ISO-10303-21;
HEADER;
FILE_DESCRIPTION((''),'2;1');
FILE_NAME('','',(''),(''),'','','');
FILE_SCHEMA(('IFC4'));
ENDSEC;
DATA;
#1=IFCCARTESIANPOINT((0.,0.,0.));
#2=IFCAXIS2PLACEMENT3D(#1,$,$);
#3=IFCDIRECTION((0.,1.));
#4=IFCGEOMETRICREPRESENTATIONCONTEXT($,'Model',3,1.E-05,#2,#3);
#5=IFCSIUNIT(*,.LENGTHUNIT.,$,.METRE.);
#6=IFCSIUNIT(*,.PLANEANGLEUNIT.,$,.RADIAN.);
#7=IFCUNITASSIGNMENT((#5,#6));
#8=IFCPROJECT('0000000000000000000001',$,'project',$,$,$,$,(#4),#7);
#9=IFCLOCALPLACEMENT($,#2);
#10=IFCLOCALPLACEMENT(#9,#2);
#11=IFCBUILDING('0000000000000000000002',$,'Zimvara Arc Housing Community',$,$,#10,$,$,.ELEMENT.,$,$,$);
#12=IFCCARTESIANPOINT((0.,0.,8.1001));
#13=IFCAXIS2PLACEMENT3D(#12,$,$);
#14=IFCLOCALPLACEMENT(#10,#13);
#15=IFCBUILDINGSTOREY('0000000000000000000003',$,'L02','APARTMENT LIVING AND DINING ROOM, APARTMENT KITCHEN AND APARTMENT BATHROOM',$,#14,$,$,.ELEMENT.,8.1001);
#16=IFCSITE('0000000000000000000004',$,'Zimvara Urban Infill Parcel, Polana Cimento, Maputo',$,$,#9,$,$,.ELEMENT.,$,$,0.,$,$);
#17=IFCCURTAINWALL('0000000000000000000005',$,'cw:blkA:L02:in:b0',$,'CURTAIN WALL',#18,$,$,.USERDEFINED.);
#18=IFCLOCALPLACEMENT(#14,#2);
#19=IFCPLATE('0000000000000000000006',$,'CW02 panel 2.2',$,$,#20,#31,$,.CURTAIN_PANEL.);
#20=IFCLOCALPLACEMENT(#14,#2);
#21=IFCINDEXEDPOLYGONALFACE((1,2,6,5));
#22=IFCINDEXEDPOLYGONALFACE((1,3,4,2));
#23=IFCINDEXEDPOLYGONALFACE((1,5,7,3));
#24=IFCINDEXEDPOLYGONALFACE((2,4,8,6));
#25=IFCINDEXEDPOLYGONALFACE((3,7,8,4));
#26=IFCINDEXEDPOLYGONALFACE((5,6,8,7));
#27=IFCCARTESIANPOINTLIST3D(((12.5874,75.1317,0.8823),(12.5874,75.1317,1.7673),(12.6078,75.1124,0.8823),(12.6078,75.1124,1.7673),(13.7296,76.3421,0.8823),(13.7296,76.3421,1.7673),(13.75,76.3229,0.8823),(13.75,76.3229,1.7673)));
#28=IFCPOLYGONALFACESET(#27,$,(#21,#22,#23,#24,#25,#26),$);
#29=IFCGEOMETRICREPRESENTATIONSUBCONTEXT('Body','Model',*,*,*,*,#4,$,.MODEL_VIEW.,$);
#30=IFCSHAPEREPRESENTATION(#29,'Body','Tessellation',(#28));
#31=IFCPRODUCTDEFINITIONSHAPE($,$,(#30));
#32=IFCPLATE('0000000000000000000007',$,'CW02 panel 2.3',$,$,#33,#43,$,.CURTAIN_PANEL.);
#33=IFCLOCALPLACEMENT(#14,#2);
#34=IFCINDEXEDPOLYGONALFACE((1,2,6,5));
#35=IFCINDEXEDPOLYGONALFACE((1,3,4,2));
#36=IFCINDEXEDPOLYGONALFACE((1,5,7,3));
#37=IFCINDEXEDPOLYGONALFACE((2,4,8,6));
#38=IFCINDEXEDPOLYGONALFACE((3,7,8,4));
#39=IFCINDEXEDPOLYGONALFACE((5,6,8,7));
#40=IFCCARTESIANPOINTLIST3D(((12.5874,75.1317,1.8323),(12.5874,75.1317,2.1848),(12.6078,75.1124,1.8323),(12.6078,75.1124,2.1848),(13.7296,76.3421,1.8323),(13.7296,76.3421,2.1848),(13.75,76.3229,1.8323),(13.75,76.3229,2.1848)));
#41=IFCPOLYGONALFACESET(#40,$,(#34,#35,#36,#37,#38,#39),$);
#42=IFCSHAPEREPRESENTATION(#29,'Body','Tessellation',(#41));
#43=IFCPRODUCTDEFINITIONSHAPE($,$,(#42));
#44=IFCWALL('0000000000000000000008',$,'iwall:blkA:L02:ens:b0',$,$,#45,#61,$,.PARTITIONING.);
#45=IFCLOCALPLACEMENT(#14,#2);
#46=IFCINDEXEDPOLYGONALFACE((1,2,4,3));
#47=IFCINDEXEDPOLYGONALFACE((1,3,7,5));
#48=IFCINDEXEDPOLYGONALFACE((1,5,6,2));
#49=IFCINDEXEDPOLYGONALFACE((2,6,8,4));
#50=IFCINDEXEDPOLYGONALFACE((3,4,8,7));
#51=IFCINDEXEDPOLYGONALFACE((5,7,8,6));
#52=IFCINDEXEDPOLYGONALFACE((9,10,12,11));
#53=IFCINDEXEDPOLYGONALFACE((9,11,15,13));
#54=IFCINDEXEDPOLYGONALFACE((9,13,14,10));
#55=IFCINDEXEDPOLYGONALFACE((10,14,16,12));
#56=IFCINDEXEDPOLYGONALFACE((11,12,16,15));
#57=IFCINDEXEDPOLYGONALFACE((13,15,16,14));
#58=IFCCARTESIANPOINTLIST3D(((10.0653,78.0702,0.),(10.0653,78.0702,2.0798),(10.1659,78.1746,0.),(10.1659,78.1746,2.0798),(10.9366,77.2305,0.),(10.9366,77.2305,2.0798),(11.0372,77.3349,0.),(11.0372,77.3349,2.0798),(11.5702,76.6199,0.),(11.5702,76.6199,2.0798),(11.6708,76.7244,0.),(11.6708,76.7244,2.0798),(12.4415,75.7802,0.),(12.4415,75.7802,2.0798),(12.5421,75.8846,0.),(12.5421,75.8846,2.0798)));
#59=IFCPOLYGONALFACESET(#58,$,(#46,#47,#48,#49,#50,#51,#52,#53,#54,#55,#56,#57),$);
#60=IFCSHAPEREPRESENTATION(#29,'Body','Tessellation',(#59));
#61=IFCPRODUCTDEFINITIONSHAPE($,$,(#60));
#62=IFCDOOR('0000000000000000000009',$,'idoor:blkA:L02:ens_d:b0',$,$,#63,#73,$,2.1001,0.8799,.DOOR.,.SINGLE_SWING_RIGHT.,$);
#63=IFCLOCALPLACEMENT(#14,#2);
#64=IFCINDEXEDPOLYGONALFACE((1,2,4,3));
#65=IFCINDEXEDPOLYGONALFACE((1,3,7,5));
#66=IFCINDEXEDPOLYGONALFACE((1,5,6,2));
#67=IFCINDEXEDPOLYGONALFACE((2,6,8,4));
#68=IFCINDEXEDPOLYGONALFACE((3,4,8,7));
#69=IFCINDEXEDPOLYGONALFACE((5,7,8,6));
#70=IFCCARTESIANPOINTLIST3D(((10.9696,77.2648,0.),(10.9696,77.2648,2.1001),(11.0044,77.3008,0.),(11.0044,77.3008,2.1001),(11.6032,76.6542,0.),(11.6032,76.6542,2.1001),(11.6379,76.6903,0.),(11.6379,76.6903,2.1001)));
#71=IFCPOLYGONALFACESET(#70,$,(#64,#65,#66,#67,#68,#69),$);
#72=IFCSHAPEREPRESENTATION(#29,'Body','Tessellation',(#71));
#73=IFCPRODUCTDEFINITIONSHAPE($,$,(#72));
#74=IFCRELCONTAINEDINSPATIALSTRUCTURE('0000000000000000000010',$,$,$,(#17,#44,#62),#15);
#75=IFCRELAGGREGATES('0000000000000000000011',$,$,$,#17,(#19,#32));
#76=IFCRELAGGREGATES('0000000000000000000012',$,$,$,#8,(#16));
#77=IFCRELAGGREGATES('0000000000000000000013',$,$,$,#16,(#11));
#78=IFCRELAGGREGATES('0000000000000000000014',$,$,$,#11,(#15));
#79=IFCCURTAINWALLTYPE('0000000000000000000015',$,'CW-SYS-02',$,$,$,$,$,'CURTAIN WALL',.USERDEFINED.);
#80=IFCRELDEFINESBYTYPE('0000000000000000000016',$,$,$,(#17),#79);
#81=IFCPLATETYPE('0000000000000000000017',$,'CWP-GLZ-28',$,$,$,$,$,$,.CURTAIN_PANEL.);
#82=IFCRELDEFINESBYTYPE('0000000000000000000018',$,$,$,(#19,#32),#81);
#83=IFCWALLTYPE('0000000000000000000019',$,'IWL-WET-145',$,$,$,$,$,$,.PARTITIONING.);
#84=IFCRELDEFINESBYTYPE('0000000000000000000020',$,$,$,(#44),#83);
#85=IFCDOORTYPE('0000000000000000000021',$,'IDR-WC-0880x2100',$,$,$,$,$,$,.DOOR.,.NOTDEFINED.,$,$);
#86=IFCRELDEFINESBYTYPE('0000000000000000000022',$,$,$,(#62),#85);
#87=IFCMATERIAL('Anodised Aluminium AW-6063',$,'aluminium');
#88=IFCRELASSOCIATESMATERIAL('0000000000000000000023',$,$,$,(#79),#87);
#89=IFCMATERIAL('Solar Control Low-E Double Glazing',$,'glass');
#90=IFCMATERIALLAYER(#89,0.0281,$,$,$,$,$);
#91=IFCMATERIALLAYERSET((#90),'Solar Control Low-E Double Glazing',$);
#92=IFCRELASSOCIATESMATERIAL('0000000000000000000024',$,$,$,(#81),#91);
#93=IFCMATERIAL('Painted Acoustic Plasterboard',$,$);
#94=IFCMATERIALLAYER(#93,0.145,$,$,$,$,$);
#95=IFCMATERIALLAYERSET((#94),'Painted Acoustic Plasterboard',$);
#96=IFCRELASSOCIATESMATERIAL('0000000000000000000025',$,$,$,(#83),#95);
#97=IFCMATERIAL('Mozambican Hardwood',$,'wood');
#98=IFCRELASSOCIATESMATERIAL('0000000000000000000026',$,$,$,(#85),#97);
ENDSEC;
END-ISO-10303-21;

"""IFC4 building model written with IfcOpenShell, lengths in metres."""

from ifc_helpers import new_model, si_unit, direction, frame, frame_2d, origin, origin_2d, place, context, subcontext, project, spatial, rectangle, extrude, material, layer, layer_set, type_object, element, fill, aggregate, save


model = new_model("IFC4")

# Units and contexts
model_context = context("Model", 3, precision=1e-05, world=origin(), true_north=direction((0.0, 1.0)))
body_context = subcontext(model_context, "Body", "Model", "MODEL_VIEW")
ifc_project = project(units=[si_unit("LENGTHUNIT", "METRE"), si_unit("PLANEANGLEUNIT", "RADIAN")], contexts=[model_context])

# Site, building, storey
site_placement = place(None, origin())
site = spatial("IfcSite", under=ifc_project, at=site_placement, Name="Zimvara Urban Infill Parcel, Polana Cimento, Maputo", CompositionType="ELEMENT", RefElevation=0.0)
building_placement = place(site_placement, origin())
building = spatial("IfcBuilding", under=site, at=building_placement, Name="Zimvara Arc Housing Community", CompositionType="ELEMENT")
storey_placement = place(building_placement, frame((0.0, 0.0, 8.1001)))
storey = spatial("IfcBuildingStorey", under=building, at=storey_placement, Name="L02", Description="APARTMENT LIVING AND DINING ROOM, APARTMENT KITCHEN AND APARTMENT BATHROOM", CompositionType="ELEMENT", Elevation=8.1001)

# Curtain wall, plates
ifc_material_1 = material(Name="Anodised Aluminium AW-6063", Category="aluminium")
curtain_wall_type = type_object("IfcCurtainWallType", Name="CW-SYS-02", ElementType="CURTAIN WALL", PredefinedType="USERDEFINED", material=ifc_material_1)
curtain_wall_placement = place(storey_placement, origin())
curtain_wall = element("IfcCurtainWall", 1, at=curtain_wall_placement, inside=storey, type_object=curtain_wall_type, Name="cw:blkA:L02:in:b0", ObjectType="CURTAIN WALL", PredefinedType="USERDEFINED")
ifc_material_2 = material(Name="Solar Control Low-E Double Glazing", Category="glass")
ifc_layer_1 = layer(ifc_material_2, 0.0281)
ifc_layer_set_1 = layer_set([ifc_layer_1], Name="Solar Control Low-E Double Glazing")
plate_type = type_object("IfcPlateType", Name="CWP-GLZ-28", PredefinedType="CURTAIN_PANEL", material=ifc_layer_set_1)
plate_1_placement = place(storey_placement, frame((13.1687, 75.7273, 0.8823), z_axis=(0.0, 0.0, 1.0), x_axis=(0.686327, 0.727293, 0.0)))
plate_1 = element("IfcPlate", 2, at=plate_1_placement, type_object=plate_type, Name="CW02 panel 2.2", PredefinedType="CURTAIN_PANEL", context=body_context, shape_type="SweptSolid", body=[
    extrude(rectangle(XDim=1.6643, YDim=0.0281, at=origin_2d()), origin(), (0.0, 0.0, 1.0), 0.885),
])
plate_2_placement = place(storey_placement, frame((13.1687, 75.7273, 1.8323), z_axis=(0.0, 0.0, 1.0), x_axis=(0.686327, 0.727293, 0.0)))
plate_2 = element("IfcPlate", 3, at=plate_2_placement, type_object=plate_type, Name="CW02 panel 2.3", PredefinedType="CURTAIN_PANEL", context=body_context, shape_type="SweptSolid", body=[
    extrude(rectangle(XDim=1.6643, YDim=0.0281, at=origin_2d()), origin(), (0.0, 0.0, 1.0), 0.3525),
])
aggregate(curtain_wall, [plate_1, plate_2])

# Wall, opening, door
ifc_material_3 = material(Name="Painted Acoustic Plasterboard")
ifc_layer_2 = layer(ifc_material_3, 0.145)
ifc_layer_set_2 = layer_set([ifc_layer_2], Name="Painted Acoustic Plasterboard")
wall_type = type_object("IfcWallType", Name="IWL-WET-145", PredefinedType="PARTITIONING", material=ifc_layer_set_2)
wall_placement = place(storey_placement, frame((12.4917, 75.8325, 0.0), z_axis=(0.0, 0.0, 1.0), x_axis=(-0.720044, 0.693929, 0.0)))
wall = element("IfcWall", 4, at=wall_placement, inside=storey, type_object=wall_type, Name="iwall:blkA:L02:ens:b0", PredefinedType="PARTITIONING", context=body_context, shape_type="SweptSolid", body=[
    extrude(rectangle(XDim=3.3, YDim=0.145, at=frame_2d((1.6499, 0.0))), origin(), (0.0, 0.0, 1.0), 2.0798),
])
opening_placement = place(wall_placement, frame((1.21, 0.0, 0.0)))
opening = element("IfcOpeningElement", 5, at=opening_placement, cuts=wall, PredefinedType="OPENING", context=body_context, shape_type="SweptSolid", body=[
    extrude(rectangle(XDim=0.8799, YDim=2.1001, at=frame_2d((0.4399, 1.05))), frame((0.0, 0.0825, 0.0), z_axis=(0.0, -1.0, 0.0), x_axis=(1.0, 0.0, 0.0)), (0.0, 0.0, 1.0), 0.165),
])
ifc_material_4 = material(Name="Mozambican Hardwood", Category="wood")
door_type = type_object("IfcDoorType", Name="IDR-WC-0880x2100", OperationType="NOTDEFINED", PredefinedType="DOOR", material=ifc_material_4)
door_placement = place(opening_placement, origin())
door = element("IfcDoor", 6, at=door_placement, inside=storey, type_object=door_type, Name="idoor:blkA:L02:ens_d:b0", OperationType="SINGLE_SWING_RIGHT", OverallHeight=2.1001, OverallWidth=0.8799, PredefinedType="DOOR", context=body_context, shape_type="SweptSolid", body=[
    extrude(rectangle(XDim=0.8799, YDim=2.1001, at=frame_2d((0.4399, 1.05))), frame((0.0, 0.0249, 0.0), z_axis=(0.0, -1.0, 0.0), x_axis=(1.0, 0.0, 0.0)), (0.0, 0.0, 1.0), 0.05),
])
fill(opening, door)

save(model, "model.ifc")
